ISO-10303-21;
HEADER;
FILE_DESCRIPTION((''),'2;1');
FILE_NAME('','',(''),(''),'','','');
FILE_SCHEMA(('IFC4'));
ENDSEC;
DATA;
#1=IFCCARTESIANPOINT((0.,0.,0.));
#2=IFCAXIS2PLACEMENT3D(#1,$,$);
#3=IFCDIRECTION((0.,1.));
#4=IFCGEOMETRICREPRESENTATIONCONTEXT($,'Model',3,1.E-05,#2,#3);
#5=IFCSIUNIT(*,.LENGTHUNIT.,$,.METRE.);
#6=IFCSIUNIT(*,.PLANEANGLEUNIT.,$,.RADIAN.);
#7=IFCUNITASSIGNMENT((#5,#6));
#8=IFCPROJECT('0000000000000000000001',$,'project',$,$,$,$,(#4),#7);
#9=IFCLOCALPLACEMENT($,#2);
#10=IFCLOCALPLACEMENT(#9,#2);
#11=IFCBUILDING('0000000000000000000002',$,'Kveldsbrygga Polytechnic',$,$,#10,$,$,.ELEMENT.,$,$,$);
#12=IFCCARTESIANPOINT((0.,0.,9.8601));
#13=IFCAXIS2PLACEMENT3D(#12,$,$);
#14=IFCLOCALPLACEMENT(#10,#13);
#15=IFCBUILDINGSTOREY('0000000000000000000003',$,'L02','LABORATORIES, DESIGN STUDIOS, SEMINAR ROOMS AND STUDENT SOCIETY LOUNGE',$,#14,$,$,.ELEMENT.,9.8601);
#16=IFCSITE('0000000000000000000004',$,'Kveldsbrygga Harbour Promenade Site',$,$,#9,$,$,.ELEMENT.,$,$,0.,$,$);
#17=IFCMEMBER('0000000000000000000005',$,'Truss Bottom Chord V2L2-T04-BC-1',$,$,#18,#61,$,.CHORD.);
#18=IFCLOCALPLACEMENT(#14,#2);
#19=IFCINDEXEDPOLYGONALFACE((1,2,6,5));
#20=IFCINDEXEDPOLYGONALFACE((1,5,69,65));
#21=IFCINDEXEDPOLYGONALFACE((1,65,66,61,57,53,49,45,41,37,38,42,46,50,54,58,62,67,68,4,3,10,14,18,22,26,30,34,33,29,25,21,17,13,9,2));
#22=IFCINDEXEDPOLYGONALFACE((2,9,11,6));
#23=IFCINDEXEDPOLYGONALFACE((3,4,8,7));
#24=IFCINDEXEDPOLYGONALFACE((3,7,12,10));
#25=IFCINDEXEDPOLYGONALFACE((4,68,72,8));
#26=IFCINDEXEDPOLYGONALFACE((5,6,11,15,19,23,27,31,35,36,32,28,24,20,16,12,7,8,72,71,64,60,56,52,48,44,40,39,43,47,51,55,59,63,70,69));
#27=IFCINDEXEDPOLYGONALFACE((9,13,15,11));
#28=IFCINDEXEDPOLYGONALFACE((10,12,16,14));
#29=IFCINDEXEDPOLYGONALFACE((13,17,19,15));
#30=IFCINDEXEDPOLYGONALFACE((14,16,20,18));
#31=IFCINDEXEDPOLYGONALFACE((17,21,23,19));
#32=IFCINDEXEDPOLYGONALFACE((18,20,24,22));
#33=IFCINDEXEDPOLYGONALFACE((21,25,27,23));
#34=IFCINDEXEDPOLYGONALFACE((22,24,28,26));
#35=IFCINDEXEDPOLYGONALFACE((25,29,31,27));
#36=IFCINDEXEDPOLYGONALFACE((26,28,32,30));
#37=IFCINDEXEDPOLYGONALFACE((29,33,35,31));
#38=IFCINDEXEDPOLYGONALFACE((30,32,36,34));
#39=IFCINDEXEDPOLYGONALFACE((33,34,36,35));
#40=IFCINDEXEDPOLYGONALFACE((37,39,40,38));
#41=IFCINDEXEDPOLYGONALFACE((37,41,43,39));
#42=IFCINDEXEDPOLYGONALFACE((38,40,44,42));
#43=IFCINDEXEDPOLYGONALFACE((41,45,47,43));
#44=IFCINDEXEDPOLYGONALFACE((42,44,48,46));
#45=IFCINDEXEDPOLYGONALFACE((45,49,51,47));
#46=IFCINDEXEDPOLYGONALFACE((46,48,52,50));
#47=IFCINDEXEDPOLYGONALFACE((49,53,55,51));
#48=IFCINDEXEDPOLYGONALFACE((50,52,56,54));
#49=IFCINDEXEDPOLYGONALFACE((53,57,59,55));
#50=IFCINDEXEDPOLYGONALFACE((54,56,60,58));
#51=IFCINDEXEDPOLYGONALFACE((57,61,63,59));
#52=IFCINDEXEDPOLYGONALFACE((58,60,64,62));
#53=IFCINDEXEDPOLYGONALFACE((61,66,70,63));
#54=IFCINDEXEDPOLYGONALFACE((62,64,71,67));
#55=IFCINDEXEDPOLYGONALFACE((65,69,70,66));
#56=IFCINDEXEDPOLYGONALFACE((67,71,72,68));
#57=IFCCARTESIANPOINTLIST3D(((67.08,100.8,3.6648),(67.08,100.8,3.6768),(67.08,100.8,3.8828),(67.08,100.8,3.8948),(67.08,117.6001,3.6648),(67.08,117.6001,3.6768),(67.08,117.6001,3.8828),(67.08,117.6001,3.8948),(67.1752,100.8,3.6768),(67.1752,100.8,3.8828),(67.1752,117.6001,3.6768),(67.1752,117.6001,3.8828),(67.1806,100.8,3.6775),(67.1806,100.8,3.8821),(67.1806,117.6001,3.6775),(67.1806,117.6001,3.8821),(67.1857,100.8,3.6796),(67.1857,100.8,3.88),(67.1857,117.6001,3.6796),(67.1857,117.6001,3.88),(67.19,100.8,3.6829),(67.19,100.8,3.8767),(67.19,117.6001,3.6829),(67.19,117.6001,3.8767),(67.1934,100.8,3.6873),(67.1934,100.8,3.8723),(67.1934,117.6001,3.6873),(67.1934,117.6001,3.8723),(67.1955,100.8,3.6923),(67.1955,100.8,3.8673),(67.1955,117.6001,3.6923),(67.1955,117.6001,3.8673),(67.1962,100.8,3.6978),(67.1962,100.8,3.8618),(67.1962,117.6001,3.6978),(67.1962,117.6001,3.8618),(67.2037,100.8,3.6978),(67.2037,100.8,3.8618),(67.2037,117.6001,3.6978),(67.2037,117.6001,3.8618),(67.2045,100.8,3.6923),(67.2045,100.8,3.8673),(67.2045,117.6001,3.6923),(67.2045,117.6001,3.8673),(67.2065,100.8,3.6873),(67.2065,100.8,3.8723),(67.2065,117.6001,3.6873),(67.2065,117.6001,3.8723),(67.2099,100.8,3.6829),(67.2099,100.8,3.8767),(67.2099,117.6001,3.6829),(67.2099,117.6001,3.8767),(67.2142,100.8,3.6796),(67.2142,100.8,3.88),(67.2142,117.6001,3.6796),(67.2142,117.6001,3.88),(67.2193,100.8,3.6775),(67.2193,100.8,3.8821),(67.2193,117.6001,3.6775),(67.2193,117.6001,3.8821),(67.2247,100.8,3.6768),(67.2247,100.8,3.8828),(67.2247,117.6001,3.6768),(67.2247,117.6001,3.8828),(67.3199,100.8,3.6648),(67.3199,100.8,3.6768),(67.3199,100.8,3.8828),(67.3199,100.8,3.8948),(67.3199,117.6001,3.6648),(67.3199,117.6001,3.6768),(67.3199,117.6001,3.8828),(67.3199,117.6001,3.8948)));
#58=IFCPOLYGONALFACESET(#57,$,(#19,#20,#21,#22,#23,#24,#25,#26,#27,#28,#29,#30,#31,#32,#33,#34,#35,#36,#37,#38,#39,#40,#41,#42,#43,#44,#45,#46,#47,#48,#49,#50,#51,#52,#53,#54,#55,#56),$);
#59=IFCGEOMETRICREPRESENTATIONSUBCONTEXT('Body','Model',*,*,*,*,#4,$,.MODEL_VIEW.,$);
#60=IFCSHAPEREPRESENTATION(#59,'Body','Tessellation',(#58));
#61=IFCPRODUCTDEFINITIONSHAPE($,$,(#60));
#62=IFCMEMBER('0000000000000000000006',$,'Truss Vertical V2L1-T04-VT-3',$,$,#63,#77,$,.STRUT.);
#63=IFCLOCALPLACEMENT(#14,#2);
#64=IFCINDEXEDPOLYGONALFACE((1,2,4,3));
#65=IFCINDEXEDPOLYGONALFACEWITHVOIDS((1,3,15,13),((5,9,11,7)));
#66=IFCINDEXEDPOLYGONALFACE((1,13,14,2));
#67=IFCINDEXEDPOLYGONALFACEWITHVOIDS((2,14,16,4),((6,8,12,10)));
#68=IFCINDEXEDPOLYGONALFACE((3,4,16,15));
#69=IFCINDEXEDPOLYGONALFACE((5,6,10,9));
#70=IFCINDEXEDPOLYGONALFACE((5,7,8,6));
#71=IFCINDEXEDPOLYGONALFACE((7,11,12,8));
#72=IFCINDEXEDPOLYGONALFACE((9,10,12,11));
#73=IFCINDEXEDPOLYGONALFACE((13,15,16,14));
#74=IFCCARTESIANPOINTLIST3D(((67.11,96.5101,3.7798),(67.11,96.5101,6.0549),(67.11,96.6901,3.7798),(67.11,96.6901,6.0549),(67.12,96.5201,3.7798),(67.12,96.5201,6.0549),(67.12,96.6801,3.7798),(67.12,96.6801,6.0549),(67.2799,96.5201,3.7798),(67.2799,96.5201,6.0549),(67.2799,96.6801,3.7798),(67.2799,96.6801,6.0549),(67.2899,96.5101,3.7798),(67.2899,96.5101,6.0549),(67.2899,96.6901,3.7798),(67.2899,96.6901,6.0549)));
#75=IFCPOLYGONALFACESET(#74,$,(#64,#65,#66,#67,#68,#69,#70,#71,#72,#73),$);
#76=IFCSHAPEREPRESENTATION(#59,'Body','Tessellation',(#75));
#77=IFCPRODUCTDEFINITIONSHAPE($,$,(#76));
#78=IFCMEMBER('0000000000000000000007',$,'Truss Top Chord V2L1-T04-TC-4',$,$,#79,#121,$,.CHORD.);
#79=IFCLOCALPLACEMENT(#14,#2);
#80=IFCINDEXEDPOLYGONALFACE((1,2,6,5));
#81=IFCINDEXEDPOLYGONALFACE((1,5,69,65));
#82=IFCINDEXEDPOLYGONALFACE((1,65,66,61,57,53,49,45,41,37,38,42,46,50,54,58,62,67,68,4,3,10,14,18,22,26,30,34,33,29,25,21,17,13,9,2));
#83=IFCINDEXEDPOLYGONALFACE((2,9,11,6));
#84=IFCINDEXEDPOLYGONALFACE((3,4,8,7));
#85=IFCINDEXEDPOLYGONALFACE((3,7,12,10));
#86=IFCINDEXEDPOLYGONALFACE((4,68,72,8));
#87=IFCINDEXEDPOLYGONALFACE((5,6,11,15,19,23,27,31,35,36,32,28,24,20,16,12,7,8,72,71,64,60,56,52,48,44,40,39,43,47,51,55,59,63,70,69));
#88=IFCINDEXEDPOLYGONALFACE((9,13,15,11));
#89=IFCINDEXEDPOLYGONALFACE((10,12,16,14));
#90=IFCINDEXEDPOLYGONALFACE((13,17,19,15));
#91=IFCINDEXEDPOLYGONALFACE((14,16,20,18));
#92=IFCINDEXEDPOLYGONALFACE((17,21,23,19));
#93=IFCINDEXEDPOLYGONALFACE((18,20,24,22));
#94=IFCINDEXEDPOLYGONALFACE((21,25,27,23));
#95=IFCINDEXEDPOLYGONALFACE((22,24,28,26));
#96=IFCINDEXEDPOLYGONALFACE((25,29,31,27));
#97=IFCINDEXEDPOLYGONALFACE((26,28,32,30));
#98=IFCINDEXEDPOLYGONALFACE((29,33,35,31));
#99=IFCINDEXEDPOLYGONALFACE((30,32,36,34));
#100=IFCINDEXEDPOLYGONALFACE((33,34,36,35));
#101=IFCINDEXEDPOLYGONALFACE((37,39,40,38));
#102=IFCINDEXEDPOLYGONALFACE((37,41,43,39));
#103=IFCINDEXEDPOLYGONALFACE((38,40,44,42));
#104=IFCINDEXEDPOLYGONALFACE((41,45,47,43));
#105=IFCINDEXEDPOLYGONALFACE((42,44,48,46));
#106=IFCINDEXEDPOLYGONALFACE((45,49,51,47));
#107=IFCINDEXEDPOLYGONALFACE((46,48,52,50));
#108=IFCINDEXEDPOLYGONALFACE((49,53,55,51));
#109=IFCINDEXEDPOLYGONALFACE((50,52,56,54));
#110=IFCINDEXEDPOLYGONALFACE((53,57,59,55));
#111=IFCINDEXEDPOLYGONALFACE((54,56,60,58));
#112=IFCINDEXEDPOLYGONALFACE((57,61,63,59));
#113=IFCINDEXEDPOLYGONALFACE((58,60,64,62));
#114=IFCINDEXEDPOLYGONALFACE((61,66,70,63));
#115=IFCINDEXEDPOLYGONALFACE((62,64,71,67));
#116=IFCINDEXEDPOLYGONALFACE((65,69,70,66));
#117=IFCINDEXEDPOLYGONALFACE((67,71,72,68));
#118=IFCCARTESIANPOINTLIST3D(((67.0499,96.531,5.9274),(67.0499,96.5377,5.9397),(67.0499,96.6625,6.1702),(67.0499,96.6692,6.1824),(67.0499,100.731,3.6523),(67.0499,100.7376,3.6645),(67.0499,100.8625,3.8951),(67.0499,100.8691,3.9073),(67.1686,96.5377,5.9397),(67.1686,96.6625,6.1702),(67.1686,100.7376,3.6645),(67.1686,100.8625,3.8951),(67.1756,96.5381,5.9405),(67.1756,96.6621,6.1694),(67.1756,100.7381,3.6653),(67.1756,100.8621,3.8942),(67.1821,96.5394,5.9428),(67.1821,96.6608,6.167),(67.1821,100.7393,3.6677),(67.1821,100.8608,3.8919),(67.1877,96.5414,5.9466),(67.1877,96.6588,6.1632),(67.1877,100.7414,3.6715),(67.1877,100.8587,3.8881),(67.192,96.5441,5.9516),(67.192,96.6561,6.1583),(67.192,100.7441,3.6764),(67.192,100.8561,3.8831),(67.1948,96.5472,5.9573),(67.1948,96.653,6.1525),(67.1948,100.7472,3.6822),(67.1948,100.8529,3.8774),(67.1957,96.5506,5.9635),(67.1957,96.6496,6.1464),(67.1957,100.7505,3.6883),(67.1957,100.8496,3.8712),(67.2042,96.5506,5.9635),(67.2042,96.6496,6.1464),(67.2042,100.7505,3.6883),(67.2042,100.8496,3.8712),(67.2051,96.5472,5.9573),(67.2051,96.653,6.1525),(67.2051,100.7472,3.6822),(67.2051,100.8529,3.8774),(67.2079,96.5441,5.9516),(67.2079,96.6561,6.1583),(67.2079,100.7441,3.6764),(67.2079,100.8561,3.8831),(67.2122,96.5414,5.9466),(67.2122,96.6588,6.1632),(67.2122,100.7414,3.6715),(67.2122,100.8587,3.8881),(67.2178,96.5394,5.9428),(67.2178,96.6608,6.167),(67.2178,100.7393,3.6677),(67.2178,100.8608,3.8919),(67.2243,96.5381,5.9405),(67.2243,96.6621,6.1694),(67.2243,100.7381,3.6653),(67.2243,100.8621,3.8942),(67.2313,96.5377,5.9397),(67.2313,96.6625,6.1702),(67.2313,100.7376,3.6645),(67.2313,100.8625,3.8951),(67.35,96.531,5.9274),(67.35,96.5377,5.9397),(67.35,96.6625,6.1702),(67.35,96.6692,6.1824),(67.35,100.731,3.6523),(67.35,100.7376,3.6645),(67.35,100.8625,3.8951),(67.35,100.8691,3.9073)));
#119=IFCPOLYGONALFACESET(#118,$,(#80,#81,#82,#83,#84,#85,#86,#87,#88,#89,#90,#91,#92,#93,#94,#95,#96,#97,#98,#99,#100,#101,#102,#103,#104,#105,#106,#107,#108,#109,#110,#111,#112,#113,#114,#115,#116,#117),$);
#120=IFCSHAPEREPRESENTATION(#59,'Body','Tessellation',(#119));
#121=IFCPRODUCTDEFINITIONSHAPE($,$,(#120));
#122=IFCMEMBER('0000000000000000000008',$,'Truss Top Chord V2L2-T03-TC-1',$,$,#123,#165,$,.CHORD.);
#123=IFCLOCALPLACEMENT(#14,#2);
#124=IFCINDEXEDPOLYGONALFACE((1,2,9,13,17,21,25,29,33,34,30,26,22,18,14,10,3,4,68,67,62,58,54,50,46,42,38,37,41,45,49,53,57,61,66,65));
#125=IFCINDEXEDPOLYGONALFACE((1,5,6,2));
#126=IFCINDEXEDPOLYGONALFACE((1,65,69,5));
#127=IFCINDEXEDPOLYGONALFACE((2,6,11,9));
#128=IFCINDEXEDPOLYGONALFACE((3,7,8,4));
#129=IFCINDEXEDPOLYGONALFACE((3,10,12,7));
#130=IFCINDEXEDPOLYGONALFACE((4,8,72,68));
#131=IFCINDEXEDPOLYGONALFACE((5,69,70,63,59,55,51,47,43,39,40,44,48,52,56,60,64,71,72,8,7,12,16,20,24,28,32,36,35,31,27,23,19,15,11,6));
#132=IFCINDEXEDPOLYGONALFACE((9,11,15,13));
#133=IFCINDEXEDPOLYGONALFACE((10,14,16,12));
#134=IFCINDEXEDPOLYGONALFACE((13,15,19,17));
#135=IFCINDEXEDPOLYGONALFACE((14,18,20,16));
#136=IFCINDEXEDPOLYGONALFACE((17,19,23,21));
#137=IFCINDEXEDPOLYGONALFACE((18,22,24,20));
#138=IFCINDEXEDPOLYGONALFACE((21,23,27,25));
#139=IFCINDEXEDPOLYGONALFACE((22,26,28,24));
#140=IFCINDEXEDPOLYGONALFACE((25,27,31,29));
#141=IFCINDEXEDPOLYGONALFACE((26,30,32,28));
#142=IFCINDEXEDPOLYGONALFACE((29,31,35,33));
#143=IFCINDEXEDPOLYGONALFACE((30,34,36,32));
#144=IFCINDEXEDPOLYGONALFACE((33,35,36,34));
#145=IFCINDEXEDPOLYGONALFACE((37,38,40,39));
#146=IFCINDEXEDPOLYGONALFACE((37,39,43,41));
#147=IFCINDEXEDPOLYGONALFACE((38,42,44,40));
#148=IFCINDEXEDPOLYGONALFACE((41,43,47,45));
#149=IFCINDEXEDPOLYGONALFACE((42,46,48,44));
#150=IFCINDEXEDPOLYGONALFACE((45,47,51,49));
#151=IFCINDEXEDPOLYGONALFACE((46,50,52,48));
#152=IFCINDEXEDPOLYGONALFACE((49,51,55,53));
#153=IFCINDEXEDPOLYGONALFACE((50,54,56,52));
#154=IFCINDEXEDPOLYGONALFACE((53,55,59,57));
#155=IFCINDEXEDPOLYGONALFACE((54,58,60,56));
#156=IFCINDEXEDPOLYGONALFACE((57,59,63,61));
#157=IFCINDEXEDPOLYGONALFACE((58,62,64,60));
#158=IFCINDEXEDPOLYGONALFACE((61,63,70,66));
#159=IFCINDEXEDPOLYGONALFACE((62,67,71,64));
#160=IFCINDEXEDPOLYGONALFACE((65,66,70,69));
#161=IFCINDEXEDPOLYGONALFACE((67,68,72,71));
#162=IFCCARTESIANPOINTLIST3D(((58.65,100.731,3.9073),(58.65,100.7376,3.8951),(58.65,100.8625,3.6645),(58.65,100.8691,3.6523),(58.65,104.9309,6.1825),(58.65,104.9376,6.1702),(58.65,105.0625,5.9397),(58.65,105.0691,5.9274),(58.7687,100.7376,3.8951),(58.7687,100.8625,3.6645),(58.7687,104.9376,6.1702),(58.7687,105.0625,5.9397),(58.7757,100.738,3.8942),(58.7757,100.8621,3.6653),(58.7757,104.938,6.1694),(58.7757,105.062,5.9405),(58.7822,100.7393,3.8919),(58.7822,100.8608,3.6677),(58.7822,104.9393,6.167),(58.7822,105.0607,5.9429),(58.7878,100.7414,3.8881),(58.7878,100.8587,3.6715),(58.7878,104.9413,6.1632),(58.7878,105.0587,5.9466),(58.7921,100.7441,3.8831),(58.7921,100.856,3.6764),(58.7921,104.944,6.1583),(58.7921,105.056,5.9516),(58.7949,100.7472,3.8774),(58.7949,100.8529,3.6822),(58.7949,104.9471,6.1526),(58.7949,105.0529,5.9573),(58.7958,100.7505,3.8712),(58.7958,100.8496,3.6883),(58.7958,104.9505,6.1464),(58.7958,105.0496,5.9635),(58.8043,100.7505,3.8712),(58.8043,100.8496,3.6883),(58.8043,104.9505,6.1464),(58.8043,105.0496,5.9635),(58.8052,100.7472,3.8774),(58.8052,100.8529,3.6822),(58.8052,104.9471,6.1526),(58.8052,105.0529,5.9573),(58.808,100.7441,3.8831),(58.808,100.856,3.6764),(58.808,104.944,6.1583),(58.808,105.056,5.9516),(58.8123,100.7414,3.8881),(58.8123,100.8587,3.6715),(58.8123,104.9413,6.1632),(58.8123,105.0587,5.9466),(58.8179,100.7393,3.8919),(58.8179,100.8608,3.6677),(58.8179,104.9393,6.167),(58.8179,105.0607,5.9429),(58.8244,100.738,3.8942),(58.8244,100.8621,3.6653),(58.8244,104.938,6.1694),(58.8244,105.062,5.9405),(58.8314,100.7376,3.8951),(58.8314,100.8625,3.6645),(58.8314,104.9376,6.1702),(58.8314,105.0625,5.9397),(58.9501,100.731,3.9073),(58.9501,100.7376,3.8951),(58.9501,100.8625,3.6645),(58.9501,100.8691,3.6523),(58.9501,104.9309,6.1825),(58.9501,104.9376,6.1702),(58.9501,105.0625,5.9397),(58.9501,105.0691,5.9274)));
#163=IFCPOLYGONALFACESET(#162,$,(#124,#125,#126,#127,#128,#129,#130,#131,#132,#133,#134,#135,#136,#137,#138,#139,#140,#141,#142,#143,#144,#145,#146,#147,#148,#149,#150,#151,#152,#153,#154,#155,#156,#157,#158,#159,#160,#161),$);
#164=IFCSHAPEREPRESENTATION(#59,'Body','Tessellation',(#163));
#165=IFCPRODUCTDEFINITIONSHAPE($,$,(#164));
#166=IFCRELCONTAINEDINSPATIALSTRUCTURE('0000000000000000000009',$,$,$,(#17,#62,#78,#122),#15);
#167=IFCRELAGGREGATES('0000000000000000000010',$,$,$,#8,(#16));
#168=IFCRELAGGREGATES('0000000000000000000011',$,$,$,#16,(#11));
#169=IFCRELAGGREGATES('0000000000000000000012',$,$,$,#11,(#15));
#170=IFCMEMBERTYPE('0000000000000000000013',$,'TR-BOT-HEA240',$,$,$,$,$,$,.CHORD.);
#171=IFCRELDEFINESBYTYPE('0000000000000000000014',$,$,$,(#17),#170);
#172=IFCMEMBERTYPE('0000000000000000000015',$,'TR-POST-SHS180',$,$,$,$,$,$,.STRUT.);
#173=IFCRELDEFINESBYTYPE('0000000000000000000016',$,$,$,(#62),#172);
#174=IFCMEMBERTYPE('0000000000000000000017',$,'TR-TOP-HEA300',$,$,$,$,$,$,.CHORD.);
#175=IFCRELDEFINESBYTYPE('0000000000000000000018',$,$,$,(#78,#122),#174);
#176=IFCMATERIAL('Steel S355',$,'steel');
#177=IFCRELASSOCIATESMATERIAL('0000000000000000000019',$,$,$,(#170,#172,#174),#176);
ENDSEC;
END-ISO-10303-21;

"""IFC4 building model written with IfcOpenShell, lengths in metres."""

from ifc_helpers import new_model, si_unit, direction, frame, origin, origin_2d, place, context, subcontext, project, spatial, hollow_rectangle, i_section, extrude, material, material_profile, profile_set, type_object, element, save


model = new_model("IFC4")

# Units and contexts
model_context = context("Model", 3, precision=1e-05, world=origin(), true_north=direction((0.0, 1.0)))
body_context = subcontext(model_context, "Body", "Model", "MODEL_VIEW")
ifc_project = project(units=[si_unit("LENGTHUNIT", "METRE"), si_unit("PLANEANGLEUNIT", "RADIAN")], contexts=[model_context])

# Site, building, storey
site_placement = place(None, origin())
site = spatial("IfcSite", under=ifc_project, at=site_placement, Name="Kveldsbrygga Harbour Promenade Site", CompositionType="ELEMENT", RefElevation=0.0)
building_placement = place(site_placement, origin())
building = spatial("IfcBuilding", under=site, at=building_placement, Name="Kveldsbrygga Polytechnic", CompositionType="ELEMENT")
storey_placement = place(building_placement, frame((0.0, 0.0, 9.8601)))
storey = spatial("IfcBuildingStorey", under=building, at=storey_placement, Name="L02", Description="LABORATORIES, DESIGN STUDIOS, SEMINAR ROOMS AND STUDENT SOCIETY LOUNGE", CompositionType="ELEMENT", Elevation=9.8601)

# Members
ifc_material_1 = material(Name="Steel S355", Category="steel")
ifc_material_profile_1 = material_profile(ifc_material_1, i_section(OverallWidth=0.24, OverallDepth=0.23, WebThickness=0.0076, FlangeThickness=0.012, FilletRadius=0.021, at=origin_2d()), Name="HEA 240")
ifc_profile_set_1 = profile_set([ifc_material_profile_1], Name="Steel S355")
member_type_1 = type_object("IfcMemberType", Name="TR-BOT-HEA240", PredefinedType="CHORD", material=ifc_profile_set_1)
for number, where, z_axis, x_axis, name in (
    (1, (67.2, 100.8, 3.7798), (0.0, 1.0, 0.0), (-1.0, 0.0, 0.0), "Truss Bottom Chord V2L2-T04-BC-1"),
):
    element("IfcMember", number, at=place(storey_placement, frame(where, z_axis=z_axis, x_axis=x_axis)), inside=storey, type_object=member_type_1, Name=name, PredefinedType="CHORD", context=body_context, shape_type="SweptSolid", body=[
        extrude(i_section(OverallWidth=0.24, OverallDepth=0.23, WebThickness=0.0076, FlangeThickness=0.012, FilletRadius=0.021, at=origin_2d()), origin(), (0.0, 0.0, 1.0), 16.8),
    ])
ifc_material_profile_2 = material_profile(ifc_material_1, hollow_rectangle(XDim=0.1799, YDim=0.1799, WallThickness=0.01, at=origin_2d()), Name="SHS 180x180x10.0")
ifc_profile_set_2 = profile_set([ifc_material_profile_2], Name="Steel S355")
member_type_2 = type_object("IfcMemberType", Name="TR-POST-SHS180", PredefinedType="STRUT", material=ifc_profile_set_2)
member_1_placement = place(storey_placement, frame((67.2, 96.6001, 3.7798), z_axis=(0.0, 0.0, 1.0), x_axis=(1.0, 0.0, 0.0)))
element("IfcMember", 2, at=member_1_placement, inside=storey, type_object=member_type_2, Name="Truss Vertical V2L1-T04-VT-3", PredefinedType="STRUT", context=body_context, shape_type="SweptSolid", body=[
    extrude(hollow_rectangle(XDim=0.1799, YDim=0.1799, WallThickness=0.01, at=origin_2d()), origin(), (0.0, 0.0, 1.0), 2.2751),
])
ifc_material_profile_3 = material_profile(ifc_material_1, i_section(OverallWidth=0.3, OverallDepth=0.29, WebThickness=0.0085, FlangeThickness=0.0139, FilletRadius=0.0271, at=origin_2d()), Name="HEA 300")
ifc_profile_set_3 = profile_set([ifc_material_profile_3], Name="Steel S355")
member_type_3 = type_object("IfcMemberType", Name="TR-TOP-HEA300", PredefinedType="CHORD", material=ifc_profile_set_3)
for number, where, z_axis, x_axis, name in (
    (3, (67.2, 96.6001, 6.0549), (0.0, 0.879277, -0.476311), (-1.0, 0.0, 0.0), "Truss Top Chord V2L1-T04-TC-4"),
    (4, (58.8, 100.8, 3.7798), (0.0, 0.879277, 0.476311), (-1.0, 0.0, 0.0), "Truss Top Chord V2L2-T03-TC-1"),
):
    element("IfcMember", number, at=place(storey_placement, frame(where, z_axis=z_axis, x_axis=x_axis)), inside=storey, type_object=member_type_3, Name=name, PredefinedType="CHORD", context=body_context, shape_type="SweptSolid", body=[
        extrude(i_section(OverallWidth=0.3, OverallDepth=0.29, WebThickness=0.0085, FlangeThickness=0.0139, FilletRadius=0.0271, at=origin_2d()), origin(), (0.0, 0.0, 1.0), 4.7766),
    ])

save(model, "model.ifc")
